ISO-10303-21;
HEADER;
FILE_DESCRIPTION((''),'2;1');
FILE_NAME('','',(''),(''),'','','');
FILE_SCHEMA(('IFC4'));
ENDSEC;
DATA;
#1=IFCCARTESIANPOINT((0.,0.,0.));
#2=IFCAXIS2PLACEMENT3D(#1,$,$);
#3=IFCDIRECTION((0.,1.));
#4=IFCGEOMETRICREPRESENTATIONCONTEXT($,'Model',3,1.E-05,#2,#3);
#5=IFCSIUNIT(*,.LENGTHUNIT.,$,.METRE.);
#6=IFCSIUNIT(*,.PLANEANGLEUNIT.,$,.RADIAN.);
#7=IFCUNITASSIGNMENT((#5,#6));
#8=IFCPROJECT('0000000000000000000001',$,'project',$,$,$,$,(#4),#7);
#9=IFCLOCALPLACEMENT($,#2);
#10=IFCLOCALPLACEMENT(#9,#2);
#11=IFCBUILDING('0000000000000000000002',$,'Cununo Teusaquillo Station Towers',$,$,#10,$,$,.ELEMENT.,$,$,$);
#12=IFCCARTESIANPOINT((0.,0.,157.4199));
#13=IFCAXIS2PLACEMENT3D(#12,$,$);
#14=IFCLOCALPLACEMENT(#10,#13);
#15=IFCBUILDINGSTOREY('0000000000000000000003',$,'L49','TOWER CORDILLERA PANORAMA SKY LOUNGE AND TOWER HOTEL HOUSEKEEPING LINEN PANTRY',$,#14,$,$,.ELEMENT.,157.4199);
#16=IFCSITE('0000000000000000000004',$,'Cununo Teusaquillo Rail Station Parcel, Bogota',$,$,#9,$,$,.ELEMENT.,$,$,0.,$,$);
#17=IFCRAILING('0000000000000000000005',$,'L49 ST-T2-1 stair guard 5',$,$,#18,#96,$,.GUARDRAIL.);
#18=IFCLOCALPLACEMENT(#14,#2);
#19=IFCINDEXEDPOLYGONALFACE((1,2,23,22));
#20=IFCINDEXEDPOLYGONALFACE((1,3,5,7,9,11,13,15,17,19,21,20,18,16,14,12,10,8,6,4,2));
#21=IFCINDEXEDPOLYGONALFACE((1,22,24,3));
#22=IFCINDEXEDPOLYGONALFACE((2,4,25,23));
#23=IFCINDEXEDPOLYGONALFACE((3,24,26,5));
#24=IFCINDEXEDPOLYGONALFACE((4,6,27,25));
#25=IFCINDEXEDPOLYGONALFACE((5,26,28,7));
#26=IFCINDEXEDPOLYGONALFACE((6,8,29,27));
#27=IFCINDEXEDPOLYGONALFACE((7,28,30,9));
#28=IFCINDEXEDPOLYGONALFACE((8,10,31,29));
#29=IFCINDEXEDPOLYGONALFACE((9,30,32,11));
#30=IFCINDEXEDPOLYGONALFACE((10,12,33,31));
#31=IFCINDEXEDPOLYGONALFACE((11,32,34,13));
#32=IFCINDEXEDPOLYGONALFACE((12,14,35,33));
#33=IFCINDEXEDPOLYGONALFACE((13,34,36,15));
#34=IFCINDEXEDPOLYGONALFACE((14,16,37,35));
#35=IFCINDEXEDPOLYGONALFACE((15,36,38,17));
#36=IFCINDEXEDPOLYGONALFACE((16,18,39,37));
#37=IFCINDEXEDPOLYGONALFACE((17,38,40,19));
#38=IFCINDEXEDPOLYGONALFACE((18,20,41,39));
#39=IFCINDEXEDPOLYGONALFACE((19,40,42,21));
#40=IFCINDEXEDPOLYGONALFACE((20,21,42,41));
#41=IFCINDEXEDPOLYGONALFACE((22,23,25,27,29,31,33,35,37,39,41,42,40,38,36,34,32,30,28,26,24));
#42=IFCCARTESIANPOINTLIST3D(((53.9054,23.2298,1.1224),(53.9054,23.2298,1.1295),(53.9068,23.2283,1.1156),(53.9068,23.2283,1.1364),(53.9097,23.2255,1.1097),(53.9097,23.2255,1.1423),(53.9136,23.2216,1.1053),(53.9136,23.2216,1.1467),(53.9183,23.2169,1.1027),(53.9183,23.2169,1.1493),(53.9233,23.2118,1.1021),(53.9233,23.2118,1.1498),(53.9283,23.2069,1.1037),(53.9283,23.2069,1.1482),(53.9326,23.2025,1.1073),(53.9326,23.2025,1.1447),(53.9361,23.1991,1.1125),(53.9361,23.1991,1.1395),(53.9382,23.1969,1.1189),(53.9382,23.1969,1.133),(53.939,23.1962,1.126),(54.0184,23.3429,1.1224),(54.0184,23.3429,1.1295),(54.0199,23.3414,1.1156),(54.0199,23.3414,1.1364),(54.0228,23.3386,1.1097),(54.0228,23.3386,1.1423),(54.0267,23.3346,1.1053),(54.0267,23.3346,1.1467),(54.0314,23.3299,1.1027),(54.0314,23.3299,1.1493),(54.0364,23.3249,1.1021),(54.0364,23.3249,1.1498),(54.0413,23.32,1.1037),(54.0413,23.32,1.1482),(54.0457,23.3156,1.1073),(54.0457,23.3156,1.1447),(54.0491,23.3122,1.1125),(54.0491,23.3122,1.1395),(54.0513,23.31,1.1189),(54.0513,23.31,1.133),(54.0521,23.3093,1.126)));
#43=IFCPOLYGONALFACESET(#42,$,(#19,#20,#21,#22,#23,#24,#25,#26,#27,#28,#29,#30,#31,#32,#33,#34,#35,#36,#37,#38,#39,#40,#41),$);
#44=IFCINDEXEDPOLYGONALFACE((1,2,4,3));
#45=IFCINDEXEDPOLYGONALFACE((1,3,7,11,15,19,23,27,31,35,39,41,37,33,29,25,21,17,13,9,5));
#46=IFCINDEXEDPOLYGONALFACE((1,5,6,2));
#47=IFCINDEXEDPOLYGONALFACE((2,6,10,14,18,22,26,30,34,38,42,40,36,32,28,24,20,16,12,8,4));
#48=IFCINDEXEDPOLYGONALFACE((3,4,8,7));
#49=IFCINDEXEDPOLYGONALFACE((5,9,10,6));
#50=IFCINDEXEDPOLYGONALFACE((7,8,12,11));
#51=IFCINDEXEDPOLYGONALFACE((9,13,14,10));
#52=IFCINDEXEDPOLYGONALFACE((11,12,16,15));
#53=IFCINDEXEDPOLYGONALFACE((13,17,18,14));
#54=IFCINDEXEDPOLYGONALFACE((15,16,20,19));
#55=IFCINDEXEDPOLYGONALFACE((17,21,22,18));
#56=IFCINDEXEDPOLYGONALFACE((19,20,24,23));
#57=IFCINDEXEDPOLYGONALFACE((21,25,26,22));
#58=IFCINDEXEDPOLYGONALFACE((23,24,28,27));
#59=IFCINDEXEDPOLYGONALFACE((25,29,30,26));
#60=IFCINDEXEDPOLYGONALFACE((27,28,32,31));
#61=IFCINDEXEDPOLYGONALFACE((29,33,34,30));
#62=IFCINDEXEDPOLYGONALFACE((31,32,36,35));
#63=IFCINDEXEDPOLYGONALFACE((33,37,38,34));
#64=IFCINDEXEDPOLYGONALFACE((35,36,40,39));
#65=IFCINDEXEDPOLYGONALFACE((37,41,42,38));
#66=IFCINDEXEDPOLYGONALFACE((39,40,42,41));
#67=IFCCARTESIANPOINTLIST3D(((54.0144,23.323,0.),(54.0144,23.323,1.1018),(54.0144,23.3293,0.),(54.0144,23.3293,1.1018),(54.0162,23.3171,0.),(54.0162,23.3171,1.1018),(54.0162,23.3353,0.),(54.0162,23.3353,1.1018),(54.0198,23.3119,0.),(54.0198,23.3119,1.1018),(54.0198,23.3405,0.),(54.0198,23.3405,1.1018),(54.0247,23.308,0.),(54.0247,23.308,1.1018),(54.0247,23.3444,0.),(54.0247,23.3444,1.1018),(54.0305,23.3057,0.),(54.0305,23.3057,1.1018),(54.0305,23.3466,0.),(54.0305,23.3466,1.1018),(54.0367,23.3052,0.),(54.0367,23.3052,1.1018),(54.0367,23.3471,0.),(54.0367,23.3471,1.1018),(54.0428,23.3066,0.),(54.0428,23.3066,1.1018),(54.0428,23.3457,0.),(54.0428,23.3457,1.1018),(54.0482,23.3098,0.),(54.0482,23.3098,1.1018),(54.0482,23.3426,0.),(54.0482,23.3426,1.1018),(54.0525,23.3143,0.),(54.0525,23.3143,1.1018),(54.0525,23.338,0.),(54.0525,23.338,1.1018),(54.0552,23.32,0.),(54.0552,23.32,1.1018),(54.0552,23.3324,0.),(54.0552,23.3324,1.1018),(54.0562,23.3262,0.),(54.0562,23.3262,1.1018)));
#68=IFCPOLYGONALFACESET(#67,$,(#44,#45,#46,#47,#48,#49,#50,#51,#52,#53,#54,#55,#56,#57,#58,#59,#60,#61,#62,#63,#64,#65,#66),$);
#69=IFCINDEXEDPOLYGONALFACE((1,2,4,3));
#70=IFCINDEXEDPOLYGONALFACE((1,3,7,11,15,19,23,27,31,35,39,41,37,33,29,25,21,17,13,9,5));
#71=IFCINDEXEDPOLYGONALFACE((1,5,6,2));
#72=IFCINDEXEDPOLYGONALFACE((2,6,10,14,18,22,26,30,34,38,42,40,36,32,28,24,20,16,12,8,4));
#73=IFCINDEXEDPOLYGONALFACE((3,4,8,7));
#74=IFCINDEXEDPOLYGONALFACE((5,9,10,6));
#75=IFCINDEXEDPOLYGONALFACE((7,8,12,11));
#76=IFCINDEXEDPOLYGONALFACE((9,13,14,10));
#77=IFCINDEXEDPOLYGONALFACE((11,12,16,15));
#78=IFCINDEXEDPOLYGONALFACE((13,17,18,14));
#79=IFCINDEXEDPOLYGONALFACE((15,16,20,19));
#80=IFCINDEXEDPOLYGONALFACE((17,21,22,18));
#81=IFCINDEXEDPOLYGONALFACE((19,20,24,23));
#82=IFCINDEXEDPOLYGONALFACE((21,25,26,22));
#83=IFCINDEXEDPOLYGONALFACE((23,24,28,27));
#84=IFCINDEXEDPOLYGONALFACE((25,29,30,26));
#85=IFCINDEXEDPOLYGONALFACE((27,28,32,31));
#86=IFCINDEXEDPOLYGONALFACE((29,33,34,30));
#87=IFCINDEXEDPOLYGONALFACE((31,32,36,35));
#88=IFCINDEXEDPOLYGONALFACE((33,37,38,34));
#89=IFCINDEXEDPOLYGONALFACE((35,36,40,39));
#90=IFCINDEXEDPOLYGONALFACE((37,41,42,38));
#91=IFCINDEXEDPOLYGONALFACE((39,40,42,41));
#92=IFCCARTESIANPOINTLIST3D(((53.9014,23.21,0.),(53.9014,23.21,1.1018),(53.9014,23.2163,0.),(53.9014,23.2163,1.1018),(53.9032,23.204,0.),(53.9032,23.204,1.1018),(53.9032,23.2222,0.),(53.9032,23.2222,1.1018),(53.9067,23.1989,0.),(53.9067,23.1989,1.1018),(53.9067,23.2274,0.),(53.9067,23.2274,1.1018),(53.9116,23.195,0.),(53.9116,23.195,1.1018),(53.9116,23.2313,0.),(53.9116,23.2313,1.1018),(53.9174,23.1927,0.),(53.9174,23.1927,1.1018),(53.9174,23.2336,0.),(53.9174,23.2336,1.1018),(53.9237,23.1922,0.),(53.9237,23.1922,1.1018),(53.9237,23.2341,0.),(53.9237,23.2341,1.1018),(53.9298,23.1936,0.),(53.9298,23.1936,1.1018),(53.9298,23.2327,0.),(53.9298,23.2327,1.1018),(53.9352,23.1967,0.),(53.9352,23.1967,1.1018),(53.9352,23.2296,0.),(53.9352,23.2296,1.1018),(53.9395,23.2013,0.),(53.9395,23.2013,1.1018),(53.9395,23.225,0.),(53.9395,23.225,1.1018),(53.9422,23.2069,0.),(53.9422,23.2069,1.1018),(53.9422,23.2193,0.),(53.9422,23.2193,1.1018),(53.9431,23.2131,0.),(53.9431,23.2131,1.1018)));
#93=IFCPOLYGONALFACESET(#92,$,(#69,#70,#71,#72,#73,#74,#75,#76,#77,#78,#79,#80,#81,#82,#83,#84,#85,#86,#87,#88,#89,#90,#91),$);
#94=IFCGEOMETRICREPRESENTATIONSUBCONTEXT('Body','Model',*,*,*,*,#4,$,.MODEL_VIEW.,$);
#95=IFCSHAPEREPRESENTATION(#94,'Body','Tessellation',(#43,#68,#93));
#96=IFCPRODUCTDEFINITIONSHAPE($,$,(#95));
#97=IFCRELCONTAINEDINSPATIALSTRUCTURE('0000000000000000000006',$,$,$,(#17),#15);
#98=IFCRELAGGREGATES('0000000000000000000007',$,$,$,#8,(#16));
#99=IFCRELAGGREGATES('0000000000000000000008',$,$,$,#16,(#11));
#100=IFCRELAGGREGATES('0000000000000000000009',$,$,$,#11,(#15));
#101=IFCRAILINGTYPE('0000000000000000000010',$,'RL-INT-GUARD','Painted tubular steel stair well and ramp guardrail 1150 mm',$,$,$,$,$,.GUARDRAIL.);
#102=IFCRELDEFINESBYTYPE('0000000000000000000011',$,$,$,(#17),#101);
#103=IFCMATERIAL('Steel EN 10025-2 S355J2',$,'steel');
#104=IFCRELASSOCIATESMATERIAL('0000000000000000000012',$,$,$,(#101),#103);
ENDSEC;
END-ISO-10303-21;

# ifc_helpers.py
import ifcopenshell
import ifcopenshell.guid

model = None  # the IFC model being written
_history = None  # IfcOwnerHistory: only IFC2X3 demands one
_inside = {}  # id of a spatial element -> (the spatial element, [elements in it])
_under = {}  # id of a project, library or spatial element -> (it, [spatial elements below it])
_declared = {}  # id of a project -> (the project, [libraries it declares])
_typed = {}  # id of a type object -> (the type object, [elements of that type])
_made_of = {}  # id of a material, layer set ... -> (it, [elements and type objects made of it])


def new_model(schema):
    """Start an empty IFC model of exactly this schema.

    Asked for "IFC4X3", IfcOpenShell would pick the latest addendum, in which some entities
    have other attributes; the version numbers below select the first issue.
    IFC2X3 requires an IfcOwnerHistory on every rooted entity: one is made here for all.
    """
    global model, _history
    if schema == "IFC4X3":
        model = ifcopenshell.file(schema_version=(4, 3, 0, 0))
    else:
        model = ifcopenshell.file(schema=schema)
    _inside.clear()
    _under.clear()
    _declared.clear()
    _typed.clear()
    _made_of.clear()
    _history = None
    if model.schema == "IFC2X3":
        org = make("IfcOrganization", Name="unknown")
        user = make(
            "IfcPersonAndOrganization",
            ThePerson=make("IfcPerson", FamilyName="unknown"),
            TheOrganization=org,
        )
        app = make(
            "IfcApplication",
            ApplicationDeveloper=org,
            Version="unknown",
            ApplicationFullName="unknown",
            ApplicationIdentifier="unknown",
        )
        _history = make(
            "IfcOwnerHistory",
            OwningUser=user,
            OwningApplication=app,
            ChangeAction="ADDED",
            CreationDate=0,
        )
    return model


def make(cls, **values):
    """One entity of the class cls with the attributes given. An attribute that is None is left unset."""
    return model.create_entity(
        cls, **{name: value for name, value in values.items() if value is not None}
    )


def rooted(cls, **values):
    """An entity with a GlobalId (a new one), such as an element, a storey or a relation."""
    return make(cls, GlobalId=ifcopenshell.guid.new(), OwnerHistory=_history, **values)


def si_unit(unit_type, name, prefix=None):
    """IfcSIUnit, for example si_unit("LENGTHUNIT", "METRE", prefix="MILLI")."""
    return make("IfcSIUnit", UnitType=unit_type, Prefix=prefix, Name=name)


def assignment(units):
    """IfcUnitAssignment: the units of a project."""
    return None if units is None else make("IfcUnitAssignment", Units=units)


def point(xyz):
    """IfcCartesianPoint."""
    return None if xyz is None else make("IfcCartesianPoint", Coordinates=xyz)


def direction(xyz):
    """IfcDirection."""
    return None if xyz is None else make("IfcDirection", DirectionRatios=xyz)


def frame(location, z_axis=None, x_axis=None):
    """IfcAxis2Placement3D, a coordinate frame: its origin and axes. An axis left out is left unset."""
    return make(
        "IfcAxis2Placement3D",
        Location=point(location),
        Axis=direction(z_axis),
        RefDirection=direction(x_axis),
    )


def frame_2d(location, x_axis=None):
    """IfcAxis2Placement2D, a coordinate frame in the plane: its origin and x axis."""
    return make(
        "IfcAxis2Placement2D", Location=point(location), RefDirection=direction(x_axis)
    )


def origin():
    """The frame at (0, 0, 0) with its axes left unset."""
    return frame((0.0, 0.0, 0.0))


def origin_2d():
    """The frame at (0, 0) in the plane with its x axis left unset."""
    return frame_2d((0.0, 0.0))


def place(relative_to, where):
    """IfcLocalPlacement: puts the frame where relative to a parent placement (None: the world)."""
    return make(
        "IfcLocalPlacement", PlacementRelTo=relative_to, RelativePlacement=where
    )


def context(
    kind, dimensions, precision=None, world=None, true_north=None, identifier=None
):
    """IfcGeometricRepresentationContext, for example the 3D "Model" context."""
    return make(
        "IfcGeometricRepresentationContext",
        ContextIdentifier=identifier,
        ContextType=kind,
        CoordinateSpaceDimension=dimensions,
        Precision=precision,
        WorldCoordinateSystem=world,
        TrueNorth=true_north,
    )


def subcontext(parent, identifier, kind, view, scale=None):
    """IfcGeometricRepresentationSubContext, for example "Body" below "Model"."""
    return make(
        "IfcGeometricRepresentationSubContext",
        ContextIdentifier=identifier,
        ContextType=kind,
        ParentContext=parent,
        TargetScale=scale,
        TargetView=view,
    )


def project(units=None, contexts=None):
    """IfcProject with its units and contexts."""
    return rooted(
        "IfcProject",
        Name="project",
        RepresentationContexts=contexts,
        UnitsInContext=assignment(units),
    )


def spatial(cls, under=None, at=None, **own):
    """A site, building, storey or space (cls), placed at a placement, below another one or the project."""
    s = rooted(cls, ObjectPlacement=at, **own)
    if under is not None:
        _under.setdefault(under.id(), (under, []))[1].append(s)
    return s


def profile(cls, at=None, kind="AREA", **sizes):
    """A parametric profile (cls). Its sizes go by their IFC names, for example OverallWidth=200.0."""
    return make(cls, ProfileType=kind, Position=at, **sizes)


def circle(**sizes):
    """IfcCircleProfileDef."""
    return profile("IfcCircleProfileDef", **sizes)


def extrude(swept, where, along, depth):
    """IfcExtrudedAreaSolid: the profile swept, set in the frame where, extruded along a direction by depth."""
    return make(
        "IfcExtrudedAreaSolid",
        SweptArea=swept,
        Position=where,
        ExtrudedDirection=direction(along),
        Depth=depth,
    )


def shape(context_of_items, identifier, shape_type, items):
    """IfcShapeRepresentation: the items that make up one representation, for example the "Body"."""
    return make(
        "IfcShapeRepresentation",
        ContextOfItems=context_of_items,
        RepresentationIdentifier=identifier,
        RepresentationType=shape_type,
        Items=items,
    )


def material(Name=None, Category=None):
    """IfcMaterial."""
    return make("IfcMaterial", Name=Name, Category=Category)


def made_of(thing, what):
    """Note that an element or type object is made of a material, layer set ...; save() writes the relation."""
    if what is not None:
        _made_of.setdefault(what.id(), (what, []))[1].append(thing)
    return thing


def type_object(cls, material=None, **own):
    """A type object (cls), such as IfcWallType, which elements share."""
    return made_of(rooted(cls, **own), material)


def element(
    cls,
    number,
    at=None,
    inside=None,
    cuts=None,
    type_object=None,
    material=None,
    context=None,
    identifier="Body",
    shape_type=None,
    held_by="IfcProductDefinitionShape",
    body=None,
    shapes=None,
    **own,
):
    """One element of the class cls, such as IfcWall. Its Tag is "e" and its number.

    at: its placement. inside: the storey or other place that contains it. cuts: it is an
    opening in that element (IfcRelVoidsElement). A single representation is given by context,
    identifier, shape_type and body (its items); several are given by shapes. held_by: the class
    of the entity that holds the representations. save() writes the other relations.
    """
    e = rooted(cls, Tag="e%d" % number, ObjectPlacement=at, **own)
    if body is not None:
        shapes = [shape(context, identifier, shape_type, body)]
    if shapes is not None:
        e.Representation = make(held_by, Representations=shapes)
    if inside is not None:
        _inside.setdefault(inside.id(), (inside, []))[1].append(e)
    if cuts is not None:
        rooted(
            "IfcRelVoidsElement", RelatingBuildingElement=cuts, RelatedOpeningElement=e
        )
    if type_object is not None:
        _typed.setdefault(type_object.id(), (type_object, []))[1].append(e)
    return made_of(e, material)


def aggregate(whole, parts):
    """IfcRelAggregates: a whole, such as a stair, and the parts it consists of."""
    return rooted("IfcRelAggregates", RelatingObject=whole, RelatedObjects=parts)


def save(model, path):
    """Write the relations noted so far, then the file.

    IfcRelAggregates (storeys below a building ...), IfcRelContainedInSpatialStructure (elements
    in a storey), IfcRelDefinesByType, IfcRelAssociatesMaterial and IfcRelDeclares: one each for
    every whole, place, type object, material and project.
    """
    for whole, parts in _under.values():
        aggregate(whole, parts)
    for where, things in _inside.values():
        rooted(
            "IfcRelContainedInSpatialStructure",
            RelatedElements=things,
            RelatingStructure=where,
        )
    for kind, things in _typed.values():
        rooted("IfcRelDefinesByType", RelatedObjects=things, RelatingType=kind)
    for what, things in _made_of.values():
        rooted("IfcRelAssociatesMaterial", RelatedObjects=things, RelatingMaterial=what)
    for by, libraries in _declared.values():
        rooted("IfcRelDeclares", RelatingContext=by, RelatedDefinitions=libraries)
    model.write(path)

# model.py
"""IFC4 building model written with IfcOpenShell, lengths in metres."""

from ifc_helpers import new_model, si_unit, direction, frame, origin, origin_2d, place, context, subcontext, project, spatial, circle, extrude, material, type_object, element, save


model = new_model("IFC4")

# Units and contexts
model_context = context("Model", 3, precision=1e-05, world=origin(), true_north=direction((0.0, 1.0)))
body_context = subcontext(model_context, "Body", "Model", "MODEL_VIEW")
ifc_project = project(units=[si_unit("LENGTHUNIT", "METRE"), si_unit("PLANEANGLEUNIT", "RADIAN")], contexts=[model_context])

# Site, building, storey
site_placement = place(None, origin())
site = spatial("IfcSite", under=ifc_project, at=site_placement, Name="Cununo Teusaquillo Rail Station Parcel, Bogota", CompositionType="ELEMENT", RefElevation=0.0)
building_placement = place(site_placement, origin())
building = spatial("IfcBuilding", under=site, at=building_placement, Name="Cununo Teusaquillo Station Towers", CompositionType="ELEMENT")
storey_placement = place(building_placement, frame((0.0, 0.0, 157.4199)))
storey = spatial("IfcBuildingStorey", under=building, at=storey_placement, Name="L49", Description="TOWER CORDILLERA PANORAMA SKY LOUNGE AND TOWER HOTEL HOUSEKEEPING LINEN PANTRY", CompositionType="ELEMENT", Elevation=157.4199)

# Railing
ifc_material_1 = material(Name="Steel EN 10025-2 S355J2", Category="steel")
railing_type_1 = type_object("IfcRailingType", Name="RL-INT-GUARD", Description="Painted tubular steel stair well and ramp guardrail 1150 mm", PredefinedType="GUARDRAIL", material=ifc_material_1)
railing_1_placement = place(storey_placement, frame((54.0352, 23.3262, 0.0)))
element("IfcRailing", 1, at=railing_1_placement, inside=storey, type_object=railing_type_1, Name="L49 ST-T2-1 stair guard 5", PredefinedType="GUARDRAIL", context=body_context, shape_type="SweptSolid", body=[
    extrude(circle(Radius=0.0239, at=origin_2d()), frame((0.0, 0.0, 1.126), z_axis=(-0.707107, -0.707107, 0.0), x_axis=(0.707107, -0.707107, 0.0)), (0.0, 0.0, 1.0), 0.1599),
    extrude(circle(Radius=0.021, at=origin_2d()), origin(), (0.0, 0.0, 1.0), 1.1018),
    extrude(circle(Radius=0.021, at=origin_2d()), frame((-0.113, -0.113, 0.0)), (0.0, 0.0, 1.0), 1.1018),
])

save(model, "model.ifc")
